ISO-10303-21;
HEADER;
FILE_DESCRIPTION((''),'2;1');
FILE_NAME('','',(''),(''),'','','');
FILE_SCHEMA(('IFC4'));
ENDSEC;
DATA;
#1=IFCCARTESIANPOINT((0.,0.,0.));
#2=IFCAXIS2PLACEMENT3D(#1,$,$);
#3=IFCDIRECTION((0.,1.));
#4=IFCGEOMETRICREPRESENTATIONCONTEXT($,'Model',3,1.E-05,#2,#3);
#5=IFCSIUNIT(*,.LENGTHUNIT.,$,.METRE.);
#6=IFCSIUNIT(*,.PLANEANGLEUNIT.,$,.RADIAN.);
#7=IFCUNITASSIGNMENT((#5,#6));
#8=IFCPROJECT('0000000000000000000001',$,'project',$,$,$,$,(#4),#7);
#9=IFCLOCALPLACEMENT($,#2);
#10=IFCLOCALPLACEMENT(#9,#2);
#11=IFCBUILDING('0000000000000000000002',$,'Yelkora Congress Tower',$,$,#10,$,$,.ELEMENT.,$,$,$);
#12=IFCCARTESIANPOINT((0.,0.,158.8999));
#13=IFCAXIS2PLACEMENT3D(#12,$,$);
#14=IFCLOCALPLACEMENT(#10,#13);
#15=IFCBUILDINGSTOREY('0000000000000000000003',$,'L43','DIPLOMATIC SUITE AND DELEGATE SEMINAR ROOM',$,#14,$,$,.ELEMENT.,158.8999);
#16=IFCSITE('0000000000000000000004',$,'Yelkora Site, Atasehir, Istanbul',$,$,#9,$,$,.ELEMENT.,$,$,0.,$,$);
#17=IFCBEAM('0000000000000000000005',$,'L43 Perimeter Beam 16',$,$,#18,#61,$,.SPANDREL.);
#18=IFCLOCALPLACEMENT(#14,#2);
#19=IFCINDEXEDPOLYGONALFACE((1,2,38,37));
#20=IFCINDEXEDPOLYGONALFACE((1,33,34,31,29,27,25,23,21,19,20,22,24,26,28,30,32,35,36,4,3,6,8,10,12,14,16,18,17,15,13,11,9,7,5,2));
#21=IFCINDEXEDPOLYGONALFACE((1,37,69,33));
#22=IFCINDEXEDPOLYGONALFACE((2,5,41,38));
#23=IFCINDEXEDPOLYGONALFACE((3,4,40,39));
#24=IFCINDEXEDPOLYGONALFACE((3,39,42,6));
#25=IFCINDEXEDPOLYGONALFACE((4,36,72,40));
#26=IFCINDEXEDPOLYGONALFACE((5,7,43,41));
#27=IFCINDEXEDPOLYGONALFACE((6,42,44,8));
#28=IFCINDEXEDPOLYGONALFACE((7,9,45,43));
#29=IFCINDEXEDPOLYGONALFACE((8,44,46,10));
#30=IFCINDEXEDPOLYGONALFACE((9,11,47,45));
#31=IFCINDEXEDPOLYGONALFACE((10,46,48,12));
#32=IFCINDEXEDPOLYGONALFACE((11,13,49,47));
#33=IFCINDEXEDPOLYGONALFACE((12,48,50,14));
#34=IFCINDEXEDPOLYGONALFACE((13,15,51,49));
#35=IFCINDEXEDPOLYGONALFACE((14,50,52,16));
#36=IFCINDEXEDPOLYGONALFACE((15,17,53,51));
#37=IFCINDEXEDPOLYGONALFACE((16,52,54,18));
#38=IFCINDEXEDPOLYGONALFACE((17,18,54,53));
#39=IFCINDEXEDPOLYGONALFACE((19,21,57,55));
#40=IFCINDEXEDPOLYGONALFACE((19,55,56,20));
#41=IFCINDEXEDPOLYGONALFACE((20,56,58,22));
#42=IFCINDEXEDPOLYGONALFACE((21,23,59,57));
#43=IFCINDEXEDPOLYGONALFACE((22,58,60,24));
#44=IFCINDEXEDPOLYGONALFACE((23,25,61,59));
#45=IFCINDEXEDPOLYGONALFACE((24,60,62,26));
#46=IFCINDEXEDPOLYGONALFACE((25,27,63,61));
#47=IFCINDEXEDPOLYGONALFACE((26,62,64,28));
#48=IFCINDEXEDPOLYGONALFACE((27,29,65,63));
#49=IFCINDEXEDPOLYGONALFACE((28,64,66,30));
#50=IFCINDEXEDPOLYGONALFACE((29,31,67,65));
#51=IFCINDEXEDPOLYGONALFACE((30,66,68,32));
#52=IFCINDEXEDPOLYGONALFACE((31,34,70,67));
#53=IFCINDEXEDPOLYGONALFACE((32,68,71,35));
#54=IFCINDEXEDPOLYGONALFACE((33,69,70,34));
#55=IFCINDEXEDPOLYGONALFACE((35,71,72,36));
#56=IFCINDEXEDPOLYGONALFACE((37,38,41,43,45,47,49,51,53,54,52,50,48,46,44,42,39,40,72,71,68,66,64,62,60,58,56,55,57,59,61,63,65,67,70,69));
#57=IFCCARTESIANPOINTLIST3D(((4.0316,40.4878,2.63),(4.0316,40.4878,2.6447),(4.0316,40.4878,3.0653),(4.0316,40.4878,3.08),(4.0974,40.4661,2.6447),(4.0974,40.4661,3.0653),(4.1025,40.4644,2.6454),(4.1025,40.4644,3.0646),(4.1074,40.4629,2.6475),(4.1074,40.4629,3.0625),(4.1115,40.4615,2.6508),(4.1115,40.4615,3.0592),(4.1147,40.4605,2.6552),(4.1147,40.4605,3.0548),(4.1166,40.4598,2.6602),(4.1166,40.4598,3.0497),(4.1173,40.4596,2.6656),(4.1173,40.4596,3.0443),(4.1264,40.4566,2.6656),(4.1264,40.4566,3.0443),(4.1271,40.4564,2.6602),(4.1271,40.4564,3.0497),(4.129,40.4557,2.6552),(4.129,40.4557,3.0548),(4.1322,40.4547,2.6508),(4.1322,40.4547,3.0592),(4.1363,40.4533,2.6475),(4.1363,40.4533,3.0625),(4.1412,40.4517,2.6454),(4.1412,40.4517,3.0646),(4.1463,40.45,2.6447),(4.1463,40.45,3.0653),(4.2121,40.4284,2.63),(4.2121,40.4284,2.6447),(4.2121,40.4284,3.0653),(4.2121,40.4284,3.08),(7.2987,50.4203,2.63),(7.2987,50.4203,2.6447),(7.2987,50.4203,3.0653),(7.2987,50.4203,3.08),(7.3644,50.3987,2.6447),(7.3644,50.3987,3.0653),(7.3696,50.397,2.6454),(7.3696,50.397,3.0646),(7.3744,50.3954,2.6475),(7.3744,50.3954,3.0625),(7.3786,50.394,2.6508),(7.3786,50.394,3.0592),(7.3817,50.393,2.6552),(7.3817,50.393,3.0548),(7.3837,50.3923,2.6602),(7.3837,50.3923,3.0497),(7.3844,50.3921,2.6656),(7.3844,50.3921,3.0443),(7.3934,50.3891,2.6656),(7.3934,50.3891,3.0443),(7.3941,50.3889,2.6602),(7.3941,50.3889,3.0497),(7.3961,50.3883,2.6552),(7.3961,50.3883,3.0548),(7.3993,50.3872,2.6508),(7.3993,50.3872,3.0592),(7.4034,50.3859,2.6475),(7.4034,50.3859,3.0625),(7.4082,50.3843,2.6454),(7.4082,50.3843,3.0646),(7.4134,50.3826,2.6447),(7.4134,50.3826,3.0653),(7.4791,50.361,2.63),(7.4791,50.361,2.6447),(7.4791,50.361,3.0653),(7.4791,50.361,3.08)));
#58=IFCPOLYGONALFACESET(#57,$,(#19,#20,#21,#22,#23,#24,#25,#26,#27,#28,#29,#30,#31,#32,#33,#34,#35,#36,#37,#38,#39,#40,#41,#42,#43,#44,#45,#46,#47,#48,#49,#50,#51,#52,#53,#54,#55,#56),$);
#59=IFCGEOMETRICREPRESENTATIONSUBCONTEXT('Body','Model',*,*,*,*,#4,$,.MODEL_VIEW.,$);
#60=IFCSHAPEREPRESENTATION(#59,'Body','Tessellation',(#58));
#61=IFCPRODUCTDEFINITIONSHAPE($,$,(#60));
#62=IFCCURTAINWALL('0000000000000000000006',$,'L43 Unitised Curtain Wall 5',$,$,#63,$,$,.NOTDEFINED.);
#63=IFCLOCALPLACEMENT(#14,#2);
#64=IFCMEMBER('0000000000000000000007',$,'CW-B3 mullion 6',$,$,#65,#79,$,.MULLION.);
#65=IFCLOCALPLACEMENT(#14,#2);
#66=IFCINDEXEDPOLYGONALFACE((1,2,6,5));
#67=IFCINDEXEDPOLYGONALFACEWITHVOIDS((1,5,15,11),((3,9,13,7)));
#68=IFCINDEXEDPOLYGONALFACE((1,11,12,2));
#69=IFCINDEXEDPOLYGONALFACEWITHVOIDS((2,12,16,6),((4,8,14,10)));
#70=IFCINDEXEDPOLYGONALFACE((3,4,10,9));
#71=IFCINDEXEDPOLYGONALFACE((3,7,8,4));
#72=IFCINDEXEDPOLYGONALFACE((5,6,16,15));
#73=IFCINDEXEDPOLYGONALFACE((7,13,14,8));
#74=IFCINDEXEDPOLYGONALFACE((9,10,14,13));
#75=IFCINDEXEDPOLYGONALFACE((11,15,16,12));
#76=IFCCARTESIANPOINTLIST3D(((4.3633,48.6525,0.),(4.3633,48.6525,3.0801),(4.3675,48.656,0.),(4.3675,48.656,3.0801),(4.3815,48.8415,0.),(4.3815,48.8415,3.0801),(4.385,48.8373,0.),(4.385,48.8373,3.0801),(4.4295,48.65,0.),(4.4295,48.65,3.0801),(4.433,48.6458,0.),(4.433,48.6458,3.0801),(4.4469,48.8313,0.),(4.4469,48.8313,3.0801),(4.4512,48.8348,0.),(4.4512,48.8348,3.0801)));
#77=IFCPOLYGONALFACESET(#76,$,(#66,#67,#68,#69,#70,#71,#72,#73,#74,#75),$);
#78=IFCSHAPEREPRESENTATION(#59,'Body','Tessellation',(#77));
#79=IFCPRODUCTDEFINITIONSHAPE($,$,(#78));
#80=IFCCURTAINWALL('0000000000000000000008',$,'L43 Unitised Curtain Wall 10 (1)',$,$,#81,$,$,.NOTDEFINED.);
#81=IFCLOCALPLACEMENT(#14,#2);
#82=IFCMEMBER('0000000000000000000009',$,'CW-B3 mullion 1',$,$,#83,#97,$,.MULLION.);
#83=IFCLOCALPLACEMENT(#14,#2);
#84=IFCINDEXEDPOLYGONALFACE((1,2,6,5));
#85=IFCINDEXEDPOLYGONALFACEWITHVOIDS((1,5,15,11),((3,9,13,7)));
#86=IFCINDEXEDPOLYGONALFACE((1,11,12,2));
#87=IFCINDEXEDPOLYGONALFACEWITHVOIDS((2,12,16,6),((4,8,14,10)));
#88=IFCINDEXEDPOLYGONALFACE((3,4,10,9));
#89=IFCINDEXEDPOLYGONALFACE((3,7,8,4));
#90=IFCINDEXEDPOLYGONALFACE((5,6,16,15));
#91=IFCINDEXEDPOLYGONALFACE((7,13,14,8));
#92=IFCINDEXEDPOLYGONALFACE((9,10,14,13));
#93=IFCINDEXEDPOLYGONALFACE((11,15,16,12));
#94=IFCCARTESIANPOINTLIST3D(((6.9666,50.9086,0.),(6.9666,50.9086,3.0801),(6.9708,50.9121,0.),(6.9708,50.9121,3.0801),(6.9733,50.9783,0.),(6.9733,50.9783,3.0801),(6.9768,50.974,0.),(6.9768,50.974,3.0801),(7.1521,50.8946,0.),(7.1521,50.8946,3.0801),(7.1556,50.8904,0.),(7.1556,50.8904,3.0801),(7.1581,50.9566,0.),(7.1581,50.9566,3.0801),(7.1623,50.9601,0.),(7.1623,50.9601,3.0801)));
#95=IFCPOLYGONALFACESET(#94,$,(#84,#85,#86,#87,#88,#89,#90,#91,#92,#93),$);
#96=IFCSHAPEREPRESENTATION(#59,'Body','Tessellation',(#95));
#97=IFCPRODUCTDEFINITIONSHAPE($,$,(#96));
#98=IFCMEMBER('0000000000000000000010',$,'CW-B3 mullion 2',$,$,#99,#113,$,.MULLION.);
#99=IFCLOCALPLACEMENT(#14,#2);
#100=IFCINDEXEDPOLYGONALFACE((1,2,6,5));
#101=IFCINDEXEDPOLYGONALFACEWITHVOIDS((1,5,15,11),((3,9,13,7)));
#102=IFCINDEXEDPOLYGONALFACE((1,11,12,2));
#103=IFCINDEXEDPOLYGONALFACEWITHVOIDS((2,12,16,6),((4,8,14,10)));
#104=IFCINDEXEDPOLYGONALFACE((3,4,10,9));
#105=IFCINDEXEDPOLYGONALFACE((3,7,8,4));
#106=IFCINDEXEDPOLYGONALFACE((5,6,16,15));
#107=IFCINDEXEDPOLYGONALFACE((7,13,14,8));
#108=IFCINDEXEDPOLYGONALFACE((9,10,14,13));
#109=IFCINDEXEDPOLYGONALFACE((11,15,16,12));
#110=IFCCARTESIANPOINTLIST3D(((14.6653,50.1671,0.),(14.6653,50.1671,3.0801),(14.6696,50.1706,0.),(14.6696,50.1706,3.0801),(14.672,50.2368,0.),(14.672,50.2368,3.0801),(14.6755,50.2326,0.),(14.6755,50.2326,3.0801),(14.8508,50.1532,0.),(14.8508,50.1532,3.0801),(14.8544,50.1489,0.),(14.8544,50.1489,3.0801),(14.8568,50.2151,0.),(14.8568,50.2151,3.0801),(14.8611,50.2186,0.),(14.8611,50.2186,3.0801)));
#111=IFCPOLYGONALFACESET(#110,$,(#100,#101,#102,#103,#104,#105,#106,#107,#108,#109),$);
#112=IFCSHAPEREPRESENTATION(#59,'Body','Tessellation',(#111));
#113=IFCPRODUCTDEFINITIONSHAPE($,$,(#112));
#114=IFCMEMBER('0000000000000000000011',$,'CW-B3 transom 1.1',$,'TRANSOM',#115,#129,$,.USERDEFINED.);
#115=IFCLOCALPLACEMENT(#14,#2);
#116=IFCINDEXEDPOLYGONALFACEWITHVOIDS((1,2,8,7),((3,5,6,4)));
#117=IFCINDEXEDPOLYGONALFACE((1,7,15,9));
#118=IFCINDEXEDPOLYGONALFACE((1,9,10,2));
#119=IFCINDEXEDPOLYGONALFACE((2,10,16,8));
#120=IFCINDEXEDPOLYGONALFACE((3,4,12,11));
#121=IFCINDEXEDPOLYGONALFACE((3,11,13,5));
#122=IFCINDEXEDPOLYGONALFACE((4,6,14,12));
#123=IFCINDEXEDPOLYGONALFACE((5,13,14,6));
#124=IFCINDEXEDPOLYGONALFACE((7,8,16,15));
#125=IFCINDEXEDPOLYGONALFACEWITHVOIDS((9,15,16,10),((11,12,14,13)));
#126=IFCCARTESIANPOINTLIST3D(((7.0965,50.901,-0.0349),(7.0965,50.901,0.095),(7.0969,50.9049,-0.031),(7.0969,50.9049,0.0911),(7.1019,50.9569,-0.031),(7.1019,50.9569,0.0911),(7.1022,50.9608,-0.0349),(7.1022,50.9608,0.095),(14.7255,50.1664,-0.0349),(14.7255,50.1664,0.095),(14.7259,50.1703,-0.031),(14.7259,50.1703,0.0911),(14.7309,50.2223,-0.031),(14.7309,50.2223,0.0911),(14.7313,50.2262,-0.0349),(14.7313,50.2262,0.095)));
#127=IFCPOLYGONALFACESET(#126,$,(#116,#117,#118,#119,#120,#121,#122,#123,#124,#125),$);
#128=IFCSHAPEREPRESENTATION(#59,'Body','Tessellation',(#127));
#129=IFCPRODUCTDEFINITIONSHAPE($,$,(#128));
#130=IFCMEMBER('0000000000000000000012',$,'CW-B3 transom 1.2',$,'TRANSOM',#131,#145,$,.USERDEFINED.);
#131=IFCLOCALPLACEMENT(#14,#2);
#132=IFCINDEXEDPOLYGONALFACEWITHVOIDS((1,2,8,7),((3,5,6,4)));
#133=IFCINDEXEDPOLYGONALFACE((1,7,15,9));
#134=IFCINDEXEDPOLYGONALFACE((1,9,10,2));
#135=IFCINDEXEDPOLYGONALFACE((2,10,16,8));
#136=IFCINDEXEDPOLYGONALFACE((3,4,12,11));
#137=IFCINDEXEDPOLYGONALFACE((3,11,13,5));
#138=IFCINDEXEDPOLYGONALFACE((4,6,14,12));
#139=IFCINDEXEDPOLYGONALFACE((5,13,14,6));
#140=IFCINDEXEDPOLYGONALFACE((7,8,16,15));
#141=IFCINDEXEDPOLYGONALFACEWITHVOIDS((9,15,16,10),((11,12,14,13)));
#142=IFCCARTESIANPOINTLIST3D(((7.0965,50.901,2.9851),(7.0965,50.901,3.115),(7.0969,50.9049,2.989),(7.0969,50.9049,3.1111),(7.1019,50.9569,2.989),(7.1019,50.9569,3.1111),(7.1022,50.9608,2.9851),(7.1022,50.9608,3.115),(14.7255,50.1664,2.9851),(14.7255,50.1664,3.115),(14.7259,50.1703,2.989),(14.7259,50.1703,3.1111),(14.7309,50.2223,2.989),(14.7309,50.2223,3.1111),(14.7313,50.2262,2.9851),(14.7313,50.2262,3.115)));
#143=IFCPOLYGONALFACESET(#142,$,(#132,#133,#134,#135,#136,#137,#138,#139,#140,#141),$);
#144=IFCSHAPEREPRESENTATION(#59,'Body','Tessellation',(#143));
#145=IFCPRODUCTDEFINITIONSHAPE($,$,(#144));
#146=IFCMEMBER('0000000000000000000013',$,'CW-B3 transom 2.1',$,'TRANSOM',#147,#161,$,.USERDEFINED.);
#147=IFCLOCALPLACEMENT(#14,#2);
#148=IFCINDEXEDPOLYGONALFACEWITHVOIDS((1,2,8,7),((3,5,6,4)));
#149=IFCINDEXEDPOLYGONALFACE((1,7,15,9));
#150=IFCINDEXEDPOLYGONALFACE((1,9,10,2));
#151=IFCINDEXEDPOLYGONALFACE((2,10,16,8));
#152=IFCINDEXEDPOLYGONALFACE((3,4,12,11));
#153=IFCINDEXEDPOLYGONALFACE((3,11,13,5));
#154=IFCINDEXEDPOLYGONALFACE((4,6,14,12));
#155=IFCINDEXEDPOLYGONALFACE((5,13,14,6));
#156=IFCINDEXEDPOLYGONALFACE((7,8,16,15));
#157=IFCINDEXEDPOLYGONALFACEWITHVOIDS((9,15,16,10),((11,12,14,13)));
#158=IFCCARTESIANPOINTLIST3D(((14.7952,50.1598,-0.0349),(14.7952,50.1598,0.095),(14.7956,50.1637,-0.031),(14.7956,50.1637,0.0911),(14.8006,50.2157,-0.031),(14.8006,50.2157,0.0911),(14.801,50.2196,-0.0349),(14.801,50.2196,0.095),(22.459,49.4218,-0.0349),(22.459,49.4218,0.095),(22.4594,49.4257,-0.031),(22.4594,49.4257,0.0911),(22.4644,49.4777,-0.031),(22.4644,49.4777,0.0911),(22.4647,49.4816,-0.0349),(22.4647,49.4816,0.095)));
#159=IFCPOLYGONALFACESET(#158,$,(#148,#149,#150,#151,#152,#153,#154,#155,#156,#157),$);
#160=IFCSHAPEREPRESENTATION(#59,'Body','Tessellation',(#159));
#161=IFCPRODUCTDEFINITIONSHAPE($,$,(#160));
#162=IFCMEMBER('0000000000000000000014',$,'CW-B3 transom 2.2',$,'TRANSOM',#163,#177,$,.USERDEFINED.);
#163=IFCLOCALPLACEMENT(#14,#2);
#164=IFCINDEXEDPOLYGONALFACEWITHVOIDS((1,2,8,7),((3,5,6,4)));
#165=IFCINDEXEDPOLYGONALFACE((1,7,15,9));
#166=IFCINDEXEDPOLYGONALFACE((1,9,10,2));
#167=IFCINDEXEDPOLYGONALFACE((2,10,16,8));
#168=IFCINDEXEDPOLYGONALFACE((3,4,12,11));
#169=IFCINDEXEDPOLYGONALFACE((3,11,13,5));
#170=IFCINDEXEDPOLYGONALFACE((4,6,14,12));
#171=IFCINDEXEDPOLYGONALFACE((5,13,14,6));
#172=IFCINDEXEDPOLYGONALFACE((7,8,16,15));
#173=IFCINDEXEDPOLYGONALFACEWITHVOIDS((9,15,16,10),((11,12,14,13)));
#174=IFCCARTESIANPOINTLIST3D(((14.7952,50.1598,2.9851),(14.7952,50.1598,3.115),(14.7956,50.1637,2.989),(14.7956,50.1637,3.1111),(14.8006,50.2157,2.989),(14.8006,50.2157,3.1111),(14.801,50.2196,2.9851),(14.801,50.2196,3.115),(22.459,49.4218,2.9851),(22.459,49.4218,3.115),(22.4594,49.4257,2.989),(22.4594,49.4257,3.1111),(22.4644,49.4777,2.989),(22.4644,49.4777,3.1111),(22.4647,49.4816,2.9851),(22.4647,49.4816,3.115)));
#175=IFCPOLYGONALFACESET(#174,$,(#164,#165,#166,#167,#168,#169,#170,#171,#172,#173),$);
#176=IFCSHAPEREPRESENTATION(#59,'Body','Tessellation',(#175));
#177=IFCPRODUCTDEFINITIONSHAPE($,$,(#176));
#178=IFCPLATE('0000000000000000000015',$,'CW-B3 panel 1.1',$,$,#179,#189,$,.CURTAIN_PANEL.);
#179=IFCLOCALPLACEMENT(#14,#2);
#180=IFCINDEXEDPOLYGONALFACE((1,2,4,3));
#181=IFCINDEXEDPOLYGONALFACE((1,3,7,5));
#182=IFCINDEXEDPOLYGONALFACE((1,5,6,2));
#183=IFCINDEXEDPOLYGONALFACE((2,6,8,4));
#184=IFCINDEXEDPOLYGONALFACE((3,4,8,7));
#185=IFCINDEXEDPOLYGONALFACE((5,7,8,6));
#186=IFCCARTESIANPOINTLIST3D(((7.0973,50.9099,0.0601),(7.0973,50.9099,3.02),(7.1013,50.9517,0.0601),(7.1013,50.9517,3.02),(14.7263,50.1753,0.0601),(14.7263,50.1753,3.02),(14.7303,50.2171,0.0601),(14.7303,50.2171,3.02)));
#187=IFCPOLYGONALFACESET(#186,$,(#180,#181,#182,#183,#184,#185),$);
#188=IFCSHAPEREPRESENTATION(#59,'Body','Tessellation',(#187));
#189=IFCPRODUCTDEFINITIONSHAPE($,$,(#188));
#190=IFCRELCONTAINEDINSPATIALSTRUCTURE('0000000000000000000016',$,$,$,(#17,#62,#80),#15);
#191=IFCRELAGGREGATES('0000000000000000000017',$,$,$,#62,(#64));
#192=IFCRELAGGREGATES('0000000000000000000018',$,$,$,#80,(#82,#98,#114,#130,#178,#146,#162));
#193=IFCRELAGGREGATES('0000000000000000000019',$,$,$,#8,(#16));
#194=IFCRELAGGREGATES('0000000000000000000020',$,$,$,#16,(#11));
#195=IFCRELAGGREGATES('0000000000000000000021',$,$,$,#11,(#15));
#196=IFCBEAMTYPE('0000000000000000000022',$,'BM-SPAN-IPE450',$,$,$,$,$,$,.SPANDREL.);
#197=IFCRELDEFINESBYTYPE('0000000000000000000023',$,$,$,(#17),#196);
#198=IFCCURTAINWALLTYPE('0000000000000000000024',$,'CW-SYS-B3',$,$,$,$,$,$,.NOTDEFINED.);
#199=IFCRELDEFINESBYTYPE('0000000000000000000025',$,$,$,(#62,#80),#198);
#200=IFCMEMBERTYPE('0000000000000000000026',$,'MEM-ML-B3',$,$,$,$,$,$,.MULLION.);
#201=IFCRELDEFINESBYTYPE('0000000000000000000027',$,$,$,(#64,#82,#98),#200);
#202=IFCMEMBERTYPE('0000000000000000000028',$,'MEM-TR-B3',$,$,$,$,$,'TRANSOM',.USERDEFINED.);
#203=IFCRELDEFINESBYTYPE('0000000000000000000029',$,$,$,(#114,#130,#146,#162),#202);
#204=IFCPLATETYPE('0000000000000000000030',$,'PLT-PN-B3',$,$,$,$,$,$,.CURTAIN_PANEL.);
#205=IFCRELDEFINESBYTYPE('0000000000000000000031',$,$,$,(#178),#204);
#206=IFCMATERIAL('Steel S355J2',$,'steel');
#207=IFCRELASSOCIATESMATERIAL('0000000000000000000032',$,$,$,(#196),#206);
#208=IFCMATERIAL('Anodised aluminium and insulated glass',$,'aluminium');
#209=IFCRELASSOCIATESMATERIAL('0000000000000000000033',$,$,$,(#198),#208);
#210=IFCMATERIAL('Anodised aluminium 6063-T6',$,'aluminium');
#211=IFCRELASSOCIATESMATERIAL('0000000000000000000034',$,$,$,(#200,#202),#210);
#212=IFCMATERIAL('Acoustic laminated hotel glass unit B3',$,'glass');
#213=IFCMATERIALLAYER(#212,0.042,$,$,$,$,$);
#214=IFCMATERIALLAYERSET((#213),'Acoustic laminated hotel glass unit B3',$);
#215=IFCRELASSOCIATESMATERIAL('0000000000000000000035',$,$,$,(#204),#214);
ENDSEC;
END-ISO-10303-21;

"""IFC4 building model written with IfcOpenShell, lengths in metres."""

from ifc_helpers import new_model, si_unit, direction, frame, origin, origin_2d, place, context, subcontext, project, spatial, rectangle, hollow_rectangle, i_section, extrude, material, layer, layer_set, material_profile, profile_set, type_object, element, aggregate, save


model = new_model("IFC4")

# Units and contexts
model_context = context("Model", 3, precision=1e-05, world=origin(), true_north=direction((0.0, 1.0)))
body_context = subcontext(model_context, "Body", "Model", "MODEL_VIEW")
ifc_project = project(units=[si_unit("LENGTHUNIT", "METRE"), si_unit("PLANEANGLEUNIT", "RADIAN")], contexts=[model_context])

# Site, building, storey
site_placement = place(None, origin())
site = spatial("IfcSite", under=ifc_project, at=site_placement, Name="Yelkora Site, Atasehir, Istanbul", CompositionType="ELEMENT", RefElevation=0.0)
building_placement = place(site_placement, origin())
building = spatial("IfcBuilding", under=site, at=building_placement, Name="Yelkora Congress Tower", CompositionType="ELEMENT")
storey_placement = place(building_placement, frame((0.0, 0.0, 158.8999)))
storey = spatial("IfcBuildingStorey", under=building, at=storey_placement, Name="L43", Description="DIPLOMATIC SUITE AND DELEGATE SEMINAR ROOM", CompositionType="ELEMENT", Elevation=158.8999)

# Beam
ifc_material_1 = material(Name="Steel S355J2", Category="steel")
ifc_material_profile_1 = material_profile(ifc_material_1, i_section(OverallWidth=0.1899, OverallDepth=0.45, WebThickness=0.0095, FlangeThickness=0.0146, FilletRadius=0.021, at=origin_2d()), Name="IPE 450")
ifc_profile_set_1 = profile_set([ifc_material_profile_1], Name="Steel S355J2")
beam_type_1 = type_object("IfcBeamType", Name="BM-SPAN-IPE450", PredefinedType="SPANDREL", material=ifc_profile_set_1)
beam_1_placement = place(storey_placement, frame((7.3889, 50.3906, 2.855), z_axis=(-0.312457, -0.949932, 0.0), x_axis=(0.949932, -0.312457, 0.0)))
element("IfcBeam", 1, at=beam_1_placement, inside=storey, type_object=beam_type_1, Name="L43 Perimeter Beam 16", PredefinedType="SPANDREL", context=body_context, shape_type="SweptSolid", body=[
    extrude(i_section(OverallWidth=0.1899, OverallDepth=0.45, WebThickness=0.0095, FlangeThickness=0.0146, FilletRadius=0.021, at=origin_2d()), origin(), (0.0, 0.0, 1.0), 10.4561),
])

# Curtain wall, member
ifc_material_2 = material(Name="Anodised aluminium and insulated glass", Category="aluminium")
curtain_wall_type = type_object("IfcCurtainWallType", Name="CW-SYS-B3", PredefinedType="NOTDEFINED", material=ifc_material_2)
curtain_wall_1_placement = place(storey_placement, origin())
curtain_wall_1 = element("IfcCurtainWall", 2, at=curtain_wall_1_placement, inside=storey, type_object=curtain_wall_type, Name="L43 Unitised Curtain Wall 5", PredefinedType="NOTDEFINED")
ifc_material_3 = material(Name="Anodised aluminium 6063-T6", Category="aluminium")
ifc_material_profile_2 = material_profile(ifc_material_3, hollow_rectangle(XDim=0.0701, YDim=0.1899, WallThickness=0.0039, at=origin_2d()), Name="ALU 70x190x4")
ifc_profile_set_2 = profile_set([ifc_material_profile_2], Name="Anodised aluminium 6063-T6")
member_type_1 = type_object("IfcMemberType", Name="MEM-ML-B3", PredefinedType="MULLION", material=ifc_profile_set_2)
member_1_placement = place(storey_placement, frame((4.4072, 48.7437, 0.0), z_axis=(0.0, 0.0, 1.0), x_axis=(-0.995396, 0.095845, 0.0)))
member_1 = element("IfcMember", 3, at=member_1_placement, type_object=member_type_1, Name="CW-B3 mullion 6", PredefinedType="MULLION", context=body_context, shape_type="SweptSolid", body=[
    extrude(hollow_rectangle(XDim=0.0701, YDim=0.1899, WallThickness=0.0039, at=origin_2d()), origin(), (0.0, 0.0, 1.0), 3.0801),
])
aggregate(curtain_wall_1, [member_1])

# Curtain wall, members, plate
curtain_wall_2_placement = place(storey_placement, origin())
curtain_wall_2 = element("IfcCurtainWall", 4, at=curtain_wall_2_placement, inside=storey, type_object=curtain_wall_type, Name="L43 Unitised Curtain Wall 10 (1)", PredefinedType="NOTDEFINED")
member_2_placement = place(storey_placement, frame((7.0645, 50.9343, 0.0), z_axis=(0.0, 0.0, 1.0), x_axis=(0.095845, 0.995396, 0.0)))
member_2 = element("IfcMember", 5, at=member_2_placement, type_object=member_type_1, Name="CW-B3 mullion 1", PredefinedType="MULLION", context=body_context, shape_type="SweptSolid", body=[
    extrude(hollow_rectangle(XDim=0.0701, YDim=0.1899, WallThickness=0.0039, at=origin_2d()), origin(), (0.0, 0.0, 1.0), 3.0801),
])
member_3_placement = place(storey_placement, frame((14.7632, 50.1929, 0.0), z_axis=(0.0, 0.0, 1.0), x_axis=(0.095845, 0.995396, 0.0)))
member_3 = element("IfcMember", 6, at=member_3_placement, type_object=member_type_1, Name="CW-B3 mullion 2", PredefinedType="MULLION", context=body_context, shape_type="SweptSolid", body=[
    extrude(hollow_rectangle(XDim=0.0701, YDim=0.1899, WallThickness=0.0039, at=origin_2d()), origin(), (0.0, 0.0, 1.0), 3.0801),
])
ifc_material_profile_3 = material_profile(ifc_material_3, hollow_rectangle(XDim=0.0601, YDim=0.1299, WallThickness=0.0039, at=origin_2d()), Name="ALU 60x130x4")
ifc_profile_set_3 = profile_set([ifc_material_profile_3], Name="Anodised aluminium 6063-T6")
member_type_2 = type_object("IfcMemberType", Name="MEM-TR-B3", ElementType="TRANSOM", PredefinedType="USERDEFINED", material=ifc_profile_set_3)
member_4_placement = place(storey_placement, frame((7.0994, 50.9309, 0.03), z_axis=(0.995396, -0.095851, 0.0), x_axis=(0.095851, 0.995396, 0.0)))
member_4 = element("IfcMember", 7, at=member_4_placement, type_object=member_type_2, Name="CW-B3 transom 1.1", ObjectType="TRANSOM", PredefinedType="USERDEFINED", context=body_context, shape_type="SweptSolid", body=[
    extrude(hollow_rectangle(XDim=0.0601, YDim=0.1299, WallThickness=0.0039, at=origin_2d()), origin(), (0.0, 0.0, 1.0), 7.6643),
])
member_5_placement = place(storey_placement, frame((7.0994, 50.9309, 3.05), z_axis=(0.995396, -0.095851, 0.0), x_axis=(0.095851, 0.995396, 0.0)))
member_5 = element("IfcMember", 8, at=member_5_placement, type_object=member_type_2, Name="CW-B3 transom 1.2", ObjectType="TRANSOM", PredefinedType="USERDEFINED", context=body_context, shape_type="SweptSolid", body=[
    extrude(hollow_rectangle(XDim=0.0601, YDim=0.1299, WallThickness=0.0039, at=origin_2d()), origin(), (0.0, 0.0, 1.0), 7.6643),
])
member_6_placement = place(storey_placement, frame((14.7981, 50.1897, 0.03), z_axis=(0.995395, -0.095858, 0.0), x_axis=(0.095858, 0.995395, 0.0)))
member_6 = element("IfcMember", 9, at=member_6_placement, type_object=member_type_2, Name="CW-B3 transom 2.1", ObjectType="TRANSOM", PredefinedType="USERDEFINED", context=body_context, shape_type="SweptSolid", body=[
    extrude(hollow_rectangle(XDim=0.0601, YDim=0.1299, WallThickness=0.0039, at=origin_2d()), origin(), (0.0, 0.0, 1.0), 7.6992),
])
member_7_placement = place(storey_placement, frame((14.7981, 50.1897, 3.05), z_axis=(0.995395, -0.095858, 0.0), x_axis=(0.095858, 0.995395, 0.0)))
member_7 = element("IfcMember", 10, at=member_7_placement, type_object=member_type_2, Name="CW-B3 transom 2.2", ObjectType="TRANSOM", PredefinedType="USERDEFINED", context=body_context, shape_type="SweptSolid", body=[
    extrude(hollow_rectangle(XDim=0.0601, YDim=0.1299, WallThickness=0.0039, at=origin_2d()), origin(), (0.0, 0.0, 1.0), 7.6992),
])
ifc_material_4 = material(Name="Acoustic laminated hotel glass unit B3", Category="glass")
ifc_layer_1 = layer(ifc_material_4, 0.042)
ifc_layer_set_1 = layer_set([ifc_layer_1], Name="Acoustic laminated hotel glass unit B3")
plate_type = type_object("IfcPlateType", Name="PLT-PN-B3", PredefinedType="CURTAIN_PANEL", material=ifc_layer_set_1)
plate_1_placement = place(storey_placement, frame((10.9138, 50.5635, 0.0601), z_axis=(0.0, 0.0, 1.0), x_axis=(0.995396, -0.095845, 0.0)))
plate_1 = element("IfcPlate", 11, at=plate_1_placement, type_object=plate_type, Name="CW-B3 panel 1.1", PredefinedType="CURTAIN_PANEL", context=body_context, shape_type="SweptSolid", body=[
    extrude(rectangle(XDim=7.6643, YDim=0.042, at=origin_2d()), origin(), (0.0, 0.0, 1.0), 2.96),
])
aggregate(curtain_wall_2, [member_2, member_3, member_4, member_5, plate_1, member_6, member_7])

save(model, "model.ifc")
